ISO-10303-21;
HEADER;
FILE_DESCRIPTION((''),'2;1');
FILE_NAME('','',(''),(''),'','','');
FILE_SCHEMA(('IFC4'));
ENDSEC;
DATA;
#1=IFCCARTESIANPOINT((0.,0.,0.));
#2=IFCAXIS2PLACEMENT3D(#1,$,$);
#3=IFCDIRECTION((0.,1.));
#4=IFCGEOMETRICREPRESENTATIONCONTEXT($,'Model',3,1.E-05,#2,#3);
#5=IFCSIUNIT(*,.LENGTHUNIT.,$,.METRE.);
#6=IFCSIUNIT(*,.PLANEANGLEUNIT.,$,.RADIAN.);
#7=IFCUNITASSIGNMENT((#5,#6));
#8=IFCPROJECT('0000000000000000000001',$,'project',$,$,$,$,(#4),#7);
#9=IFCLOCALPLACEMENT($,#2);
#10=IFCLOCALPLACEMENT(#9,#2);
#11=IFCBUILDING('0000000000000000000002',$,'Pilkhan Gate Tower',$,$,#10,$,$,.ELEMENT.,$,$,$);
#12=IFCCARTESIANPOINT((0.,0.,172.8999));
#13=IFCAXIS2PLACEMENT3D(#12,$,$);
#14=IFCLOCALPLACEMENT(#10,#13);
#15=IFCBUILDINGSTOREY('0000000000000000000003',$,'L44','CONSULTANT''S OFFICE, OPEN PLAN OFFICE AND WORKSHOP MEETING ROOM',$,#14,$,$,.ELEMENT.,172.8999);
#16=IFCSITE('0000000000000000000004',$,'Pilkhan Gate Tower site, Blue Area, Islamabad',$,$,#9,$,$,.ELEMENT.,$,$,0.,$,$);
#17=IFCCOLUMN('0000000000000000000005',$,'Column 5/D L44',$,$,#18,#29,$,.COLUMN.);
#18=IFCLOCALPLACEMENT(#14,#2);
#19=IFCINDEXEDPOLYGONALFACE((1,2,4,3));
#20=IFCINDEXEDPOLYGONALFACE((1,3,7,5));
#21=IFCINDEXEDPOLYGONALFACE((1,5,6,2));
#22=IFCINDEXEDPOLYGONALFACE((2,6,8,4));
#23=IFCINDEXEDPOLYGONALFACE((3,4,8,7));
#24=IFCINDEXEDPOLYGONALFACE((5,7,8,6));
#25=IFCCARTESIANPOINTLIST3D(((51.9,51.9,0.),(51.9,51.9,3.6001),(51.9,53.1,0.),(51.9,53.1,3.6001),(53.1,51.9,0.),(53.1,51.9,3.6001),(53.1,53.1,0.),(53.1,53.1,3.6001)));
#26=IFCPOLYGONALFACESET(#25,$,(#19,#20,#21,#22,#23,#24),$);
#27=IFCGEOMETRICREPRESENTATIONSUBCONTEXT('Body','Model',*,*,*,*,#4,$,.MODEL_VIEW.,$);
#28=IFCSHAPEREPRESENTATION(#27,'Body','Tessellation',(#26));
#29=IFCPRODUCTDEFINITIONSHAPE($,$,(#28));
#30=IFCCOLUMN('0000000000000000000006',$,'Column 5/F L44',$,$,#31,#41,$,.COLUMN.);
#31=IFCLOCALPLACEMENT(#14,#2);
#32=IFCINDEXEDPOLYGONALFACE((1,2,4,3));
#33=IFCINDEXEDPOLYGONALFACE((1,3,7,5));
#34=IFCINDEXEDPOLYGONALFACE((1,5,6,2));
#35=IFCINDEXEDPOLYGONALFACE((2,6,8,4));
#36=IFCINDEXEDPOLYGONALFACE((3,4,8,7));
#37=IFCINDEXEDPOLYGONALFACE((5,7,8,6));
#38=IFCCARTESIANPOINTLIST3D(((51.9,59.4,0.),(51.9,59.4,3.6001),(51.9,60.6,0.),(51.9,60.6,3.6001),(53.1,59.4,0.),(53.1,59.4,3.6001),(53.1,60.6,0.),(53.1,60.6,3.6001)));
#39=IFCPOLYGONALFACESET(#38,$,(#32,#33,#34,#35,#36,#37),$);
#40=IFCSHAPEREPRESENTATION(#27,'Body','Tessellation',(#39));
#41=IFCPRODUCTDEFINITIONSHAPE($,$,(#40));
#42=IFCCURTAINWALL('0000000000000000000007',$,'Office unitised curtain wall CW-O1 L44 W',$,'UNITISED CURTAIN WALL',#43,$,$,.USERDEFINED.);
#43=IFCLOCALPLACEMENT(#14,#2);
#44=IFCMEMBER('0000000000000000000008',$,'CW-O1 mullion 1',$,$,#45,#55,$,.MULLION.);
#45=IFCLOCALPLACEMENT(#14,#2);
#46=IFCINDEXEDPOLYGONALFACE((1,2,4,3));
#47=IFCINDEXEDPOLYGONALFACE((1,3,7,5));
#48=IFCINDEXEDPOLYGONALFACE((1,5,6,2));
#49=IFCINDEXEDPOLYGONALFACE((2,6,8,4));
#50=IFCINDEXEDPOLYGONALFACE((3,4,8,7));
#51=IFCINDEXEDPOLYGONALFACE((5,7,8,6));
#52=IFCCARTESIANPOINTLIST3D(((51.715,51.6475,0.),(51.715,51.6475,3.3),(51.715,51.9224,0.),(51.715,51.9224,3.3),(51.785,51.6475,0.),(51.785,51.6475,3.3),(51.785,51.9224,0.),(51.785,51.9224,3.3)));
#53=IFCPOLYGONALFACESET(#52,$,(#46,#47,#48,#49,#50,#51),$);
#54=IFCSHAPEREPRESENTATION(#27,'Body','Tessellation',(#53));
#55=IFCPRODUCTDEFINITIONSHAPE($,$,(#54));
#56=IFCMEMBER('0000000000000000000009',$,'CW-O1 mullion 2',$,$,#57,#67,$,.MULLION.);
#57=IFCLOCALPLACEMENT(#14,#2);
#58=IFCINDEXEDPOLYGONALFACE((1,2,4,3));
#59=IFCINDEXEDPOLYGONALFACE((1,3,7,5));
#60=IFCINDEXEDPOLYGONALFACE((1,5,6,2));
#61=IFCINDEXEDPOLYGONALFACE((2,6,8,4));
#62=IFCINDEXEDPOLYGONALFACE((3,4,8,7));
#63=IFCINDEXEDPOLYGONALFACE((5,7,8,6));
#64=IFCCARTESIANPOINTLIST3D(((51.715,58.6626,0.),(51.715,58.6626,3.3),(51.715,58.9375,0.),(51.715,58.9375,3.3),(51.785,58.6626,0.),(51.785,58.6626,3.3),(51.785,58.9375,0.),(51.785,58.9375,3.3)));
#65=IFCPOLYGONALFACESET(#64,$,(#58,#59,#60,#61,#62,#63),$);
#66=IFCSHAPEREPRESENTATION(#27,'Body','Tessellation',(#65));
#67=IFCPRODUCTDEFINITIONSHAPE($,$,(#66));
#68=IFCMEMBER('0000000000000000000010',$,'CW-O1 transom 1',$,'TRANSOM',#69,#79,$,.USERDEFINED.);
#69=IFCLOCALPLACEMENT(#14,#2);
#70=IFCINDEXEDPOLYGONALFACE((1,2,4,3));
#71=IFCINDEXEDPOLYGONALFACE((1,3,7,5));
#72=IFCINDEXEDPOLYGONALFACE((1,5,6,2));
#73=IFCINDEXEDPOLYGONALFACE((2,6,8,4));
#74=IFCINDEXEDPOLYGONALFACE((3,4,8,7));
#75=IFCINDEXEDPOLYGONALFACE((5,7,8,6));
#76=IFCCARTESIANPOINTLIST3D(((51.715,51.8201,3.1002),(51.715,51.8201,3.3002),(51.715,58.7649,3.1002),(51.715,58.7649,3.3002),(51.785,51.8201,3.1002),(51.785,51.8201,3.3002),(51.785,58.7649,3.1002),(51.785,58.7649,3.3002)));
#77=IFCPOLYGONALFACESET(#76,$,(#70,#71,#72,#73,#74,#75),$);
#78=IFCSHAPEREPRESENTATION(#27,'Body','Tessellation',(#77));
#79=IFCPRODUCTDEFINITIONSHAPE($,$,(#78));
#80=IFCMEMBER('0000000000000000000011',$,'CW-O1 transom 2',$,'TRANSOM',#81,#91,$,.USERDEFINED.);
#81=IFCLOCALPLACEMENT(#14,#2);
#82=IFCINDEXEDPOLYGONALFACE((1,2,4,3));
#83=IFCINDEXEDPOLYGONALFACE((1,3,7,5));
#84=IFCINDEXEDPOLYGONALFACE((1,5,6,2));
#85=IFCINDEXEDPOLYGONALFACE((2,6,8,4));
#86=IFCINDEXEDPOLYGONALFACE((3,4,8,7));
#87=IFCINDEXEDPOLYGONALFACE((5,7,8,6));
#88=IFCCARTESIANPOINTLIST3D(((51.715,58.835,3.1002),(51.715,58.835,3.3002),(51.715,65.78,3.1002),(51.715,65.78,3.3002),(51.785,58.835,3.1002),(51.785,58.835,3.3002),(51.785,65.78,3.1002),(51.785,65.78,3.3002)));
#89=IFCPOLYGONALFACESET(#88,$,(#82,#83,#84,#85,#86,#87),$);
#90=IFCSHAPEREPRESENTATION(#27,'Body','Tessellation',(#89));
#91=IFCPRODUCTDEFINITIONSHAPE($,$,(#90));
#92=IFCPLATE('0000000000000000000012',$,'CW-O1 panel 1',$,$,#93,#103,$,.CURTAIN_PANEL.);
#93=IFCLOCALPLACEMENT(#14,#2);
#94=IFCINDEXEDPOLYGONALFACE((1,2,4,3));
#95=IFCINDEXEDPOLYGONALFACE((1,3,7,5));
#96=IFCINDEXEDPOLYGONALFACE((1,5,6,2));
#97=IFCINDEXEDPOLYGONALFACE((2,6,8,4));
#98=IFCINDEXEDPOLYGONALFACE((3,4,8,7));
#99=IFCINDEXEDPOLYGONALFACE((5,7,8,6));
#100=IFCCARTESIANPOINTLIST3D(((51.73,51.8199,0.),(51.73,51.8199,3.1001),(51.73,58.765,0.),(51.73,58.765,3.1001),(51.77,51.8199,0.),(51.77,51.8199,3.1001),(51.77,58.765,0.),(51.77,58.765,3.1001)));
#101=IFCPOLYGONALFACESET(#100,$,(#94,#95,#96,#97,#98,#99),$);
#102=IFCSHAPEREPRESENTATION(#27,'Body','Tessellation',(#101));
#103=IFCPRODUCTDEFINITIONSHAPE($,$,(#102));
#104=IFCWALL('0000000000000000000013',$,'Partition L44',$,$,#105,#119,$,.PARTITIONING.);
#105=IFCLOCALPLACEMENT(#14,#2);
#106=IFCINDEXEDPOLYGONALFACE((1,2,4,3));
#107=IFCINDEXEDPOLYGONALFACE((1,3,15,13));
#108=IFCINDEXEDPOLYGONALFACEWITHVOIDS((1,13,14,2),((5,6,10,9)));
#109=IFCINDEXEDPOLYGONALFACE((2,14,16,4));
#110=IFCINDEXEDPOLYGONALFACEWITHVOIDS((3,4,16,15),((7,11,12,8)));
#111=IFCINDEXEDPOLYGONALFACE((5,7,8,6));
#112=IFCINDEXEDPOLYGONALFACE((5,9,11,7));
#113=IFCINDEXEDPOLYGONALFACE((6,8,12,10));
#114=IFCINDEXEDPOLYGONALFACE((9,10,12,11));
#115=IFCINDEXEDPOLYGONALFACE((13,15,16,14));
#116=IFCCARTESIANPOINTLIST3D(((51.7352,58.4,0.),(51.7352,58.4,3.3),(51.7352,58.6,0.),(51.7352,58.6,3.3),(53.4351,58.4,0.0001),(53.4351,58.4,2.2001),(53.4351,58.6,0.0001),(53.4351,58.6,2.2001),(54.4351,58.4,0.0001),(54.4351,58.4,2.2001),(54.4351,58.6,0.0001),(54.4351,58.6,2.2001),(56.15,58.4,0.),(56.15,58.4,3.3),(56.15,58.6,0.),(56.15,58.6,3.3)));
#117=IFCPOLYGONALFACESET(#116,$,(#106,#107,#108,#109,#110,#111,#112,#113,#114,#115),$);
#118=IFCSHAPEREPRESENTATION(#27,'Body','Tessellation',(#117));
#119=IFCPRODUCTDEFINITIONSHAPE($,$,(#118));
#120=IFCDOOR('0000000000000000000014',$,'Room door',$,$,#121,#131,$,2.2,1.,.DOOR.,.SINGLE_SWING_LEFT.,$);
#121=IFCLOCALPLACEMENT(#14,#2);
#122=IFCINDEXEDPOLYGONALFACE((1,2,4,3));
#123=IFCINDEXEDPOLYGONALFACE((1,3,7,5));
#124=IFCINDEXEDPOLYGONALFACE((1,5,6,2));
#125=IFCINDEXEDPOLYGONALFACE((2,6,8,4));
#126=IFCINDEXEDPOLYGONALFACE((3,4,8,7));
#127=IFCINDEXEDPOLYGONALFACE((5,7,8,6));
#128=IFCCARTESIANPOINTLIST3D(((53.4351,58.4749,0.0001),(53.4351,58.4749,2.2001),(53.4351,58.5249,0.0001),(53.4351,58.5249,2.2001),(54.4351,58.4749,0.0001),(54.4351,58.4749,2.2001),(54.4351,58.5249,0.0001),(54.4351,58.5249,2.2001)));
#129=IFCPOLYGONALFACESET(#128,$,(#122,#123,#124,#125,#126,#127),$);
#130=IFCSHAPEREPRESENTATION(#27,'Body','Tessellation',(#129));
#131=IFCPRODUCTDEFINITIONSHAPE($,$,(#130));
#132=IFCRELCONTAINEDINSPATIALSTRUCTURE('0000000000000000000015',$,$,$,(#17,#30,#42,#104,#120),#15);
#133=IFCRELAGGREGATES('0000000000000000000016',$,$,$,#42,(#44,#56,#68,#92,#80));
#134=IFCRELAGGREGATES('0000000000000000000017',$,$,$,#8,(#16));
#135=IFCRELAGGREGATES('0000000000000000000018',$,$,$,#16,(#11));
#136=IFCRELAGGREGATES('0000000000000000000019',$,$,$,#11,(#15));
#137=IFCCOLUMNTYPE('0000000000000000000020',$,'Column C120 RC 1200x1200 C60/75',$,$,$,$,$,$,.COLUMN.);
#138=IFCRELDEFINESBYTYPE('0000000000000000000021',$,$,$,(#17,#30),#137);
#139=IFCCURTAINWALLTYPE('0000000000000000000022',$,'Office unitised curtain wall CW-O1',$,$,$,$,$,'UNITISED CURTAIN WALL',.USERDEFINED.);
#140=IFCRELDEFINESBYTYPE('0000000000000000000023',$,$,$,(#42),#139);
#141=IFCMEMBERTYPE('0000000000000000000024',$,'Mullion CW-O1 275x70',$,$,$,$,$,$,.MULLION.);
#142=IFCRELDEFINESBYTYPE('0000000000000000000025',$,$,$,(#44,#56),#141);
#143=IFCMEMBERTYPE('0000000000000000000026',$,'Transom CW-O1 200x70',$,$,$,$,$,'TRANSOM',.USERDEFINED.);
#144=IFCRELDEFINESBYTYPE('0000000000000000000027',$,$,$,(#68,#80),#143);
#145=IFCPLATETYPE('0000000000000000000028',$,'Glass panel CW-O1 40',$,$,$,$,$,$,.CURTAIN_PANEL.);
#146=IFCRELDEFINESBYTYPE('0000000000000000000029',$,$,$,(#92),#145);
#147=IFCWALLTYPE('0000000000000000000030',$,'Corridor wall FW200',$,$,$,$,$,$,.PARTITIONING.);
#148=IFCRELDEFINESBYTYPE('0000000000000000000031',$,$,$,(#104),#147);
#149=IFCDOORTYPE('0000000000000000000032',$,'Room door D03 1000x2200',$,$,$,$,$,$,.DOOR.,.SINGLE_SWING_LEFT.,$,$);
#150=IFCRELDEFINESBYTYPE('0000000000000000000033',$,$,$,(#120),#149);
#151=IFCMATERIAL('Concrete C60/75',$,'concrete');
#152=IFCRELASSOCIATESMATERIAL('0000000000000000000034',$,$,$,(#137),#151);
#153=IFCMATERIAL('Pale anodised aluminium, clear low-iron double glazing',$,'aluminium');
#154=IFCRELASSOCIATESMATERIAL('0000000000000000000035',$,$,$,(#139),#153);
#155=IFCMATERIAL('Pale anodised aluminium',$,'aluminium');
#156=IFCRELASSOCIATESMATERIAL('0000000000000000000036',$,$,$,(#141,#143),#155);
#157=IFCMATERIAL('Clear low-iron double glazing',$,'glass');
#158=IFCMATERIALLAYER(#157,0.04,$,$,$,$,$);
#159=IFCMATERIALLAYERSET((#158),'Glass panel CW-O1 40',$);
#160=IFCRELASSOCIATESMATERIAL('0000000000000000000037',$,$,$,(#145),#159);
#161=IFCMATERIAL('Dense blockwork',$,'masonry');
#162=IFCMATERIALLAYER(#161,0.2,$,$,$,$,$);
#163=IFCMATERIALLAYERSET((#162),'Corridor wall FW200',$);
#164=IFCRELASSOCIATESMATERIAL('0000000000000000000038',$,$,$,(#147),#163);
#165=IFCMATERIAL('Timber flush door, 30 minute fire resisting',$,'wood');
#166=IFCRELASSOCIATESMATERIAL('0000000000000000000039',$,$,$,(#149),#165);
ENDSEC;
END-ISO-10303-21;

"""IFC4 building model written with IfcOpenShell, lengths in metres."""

from ifc_helpers import new_model, si_unit, direction, frame, frame_2d, origin, origin_2d, place, context, subcontext, project, spatial, rectangle, extrude, material, layer, layer_set, material_profile, profile_set, type_object, element, fill, aggregate, save


model = new_model("IFC4")

# Units and contexts
model_context = context("Model", 3, precision=1e-05, world=origin(), true_north=direction((0.0, 1.0)))
body_context = subcontext(model_context, "Body", "Model", "MODEL_VIEW")
ifc_project = project(units=[si_unit("LENGTHUNIT", "METRE"), si_unit("PLANEANGLEUNIT", "RADIAN")], contexts=[model_context])

# Site, building, storey
site_placement = place(None, origin())
site = spatial("IfcSite", under=ifc_project, at=site_placement, Name="Pilkhan Gate Tower site, Blue Area, Islamabad", CompositionType="ELEMENT", RefElevation=0.0)
building_placement = place(site_placement, origin())
building = spatial("IfcBuilding", under=site, at=building_placement, Name="Pilkhan Gate Tower", CompositionType="ELEMENT")
storey_placement = place(building_placement, frame((0.0, 0.0, 172.8999)))
storey = spatial("IfcBuildingStorey", under=building, at=storey_placement, Name="L44", Description="CONSULTANT'S OFFICE, OPEN PLAN OFFICE AND WORKSHOP MEETING ROOM", CompositionType="ELEMENT", Elevation=172.8999)

# Columns
ifc_material_1 = material(Name="Concrete C60/75", Category="concrete")
ifc_material_profile_1 = material_profile(ifc_material_1, rectangle(XDim=1.2, YDim=1.2, at=origin_2d()), Name="RC 1200x1200")
ifc_profile_set_1 = profile_set([ifc_material_profile_1], Name="Concrete C60/75")
column_type = type_object("IfcColumnType", Name="Column C120 RC 1200x1200 C60/75", PredefinedType="COLUMN", material=ifc_profile_set_1)
for number, where, z_axis, x_axis, name in (
    (1, (52.5, 52.5, 0.0), (0.0, 0.0, 1.0), (1.0, 0.0, 0.0), "Column 5/D L44"),
    (2, (52.5, 60.0, 0.0), (0.0, 0.0, 1.0), (1.0, 0.0, 0.0), "Column 5/F L44"),
):
    element("IfcColumn", number, at=place(storey_placement, frame(where, z_axis=z_axis, x_axis=x_axis)), inside=storey, type_object=column_type, Name=name, PredefinedType="COLUMN", context=body_context, shape_type="SweptSolid", body=[
        extrude(rectangle(XDim=1.2, YDim=1.2, at=origin_2d()), origin(), (0.0, 0.0, 1.0), 3.6001),
    ])

# Curtain wall, members, plate
ifc_material_2 = material(Name="Pale anodised aluminium, clear low-iron double glazing", Category="aluminium")
curtain_wall_type = type_object("IfcCurtainWallType", Name="Office unitised curtain wall CW-O1", ElementType="UNITISED CURTAIN WALL", PredefinedType="USERDEFINED", material=ifc_material_2)
curtain_wall_placement = place(storey_placement, origin())
curtain_wall = element("IfcCurtainWall", 3, at=curtain_wall_placement, inside=storey, type_object=curtain_wall_type, Name="Office unitised curtain wall CW-O1 L44 W", ObjectType="UNITISED CURTAIN WALL", PredefinedType="USERDEFINED")
ifc_material_3 = material(Name="Pale anodised aluminium", Category="aluminium")
ifc_material_profile_2 = material_profile(ifc_material_3, rectangle(XDim=0.0701, YDim=0.2749, at=origin_2d()), Name="Mullion 275x70")
ifc_profile_set_2 = profile_set([ifc_material_profile_2], Name="Pale anodised aluminium")
member_type_1 = type_object("IfcMemberType", Name="Mullion CW-O1 275x70", PredefinedType="MULLION", material=ifc_profile_set_2)
member_1_placement = place(storey_placement, frame((51.75, 51.7849, 0.0), z_axis=(0.0, 0.0, 1.0), x_axis=(-1.0, 0.0, 0.0)))
member_1 = element("IfcMember", 4, at=member_1_placement, type_object=member_type_1, Name="CW-O1 mullion 1", PredefinedType="MULLION", context=body_context, shape_type="SweptSolid", body=[
    extrude(rectangle(XDim=0.0701, YDim=0.2749, at=origin_2d()), origin(), (0.0, 0.0, 1.0), 3.3),
])
member_2_placement = place(storey_placement, frame((51.75, 58.8, 0.0), z_axis=(0.0, 0.0, 1.0), x_axis=(-1.0, 0.0, 0.0)))
member_2 = element("IfcMember", 5, at=member_2_placement, type_object=member_type_1, Name="CW-O1 mullion 2", PredefinedType="MULLION", context=body_context, shape_type="SweptSolid", body=[
    extrude(rectangle(XDim=0.0701, YDim=0.2749, at=origin_2d()), origin(), (0.0, 0.0, 1.0), 3.3),
])
ifc_material_profile_3 = material_profile(ifc_material_3, rectangle(XDim=0.0701, YDim=0.2, at=origin_2d()), Name="Transom 200x70")
ifc_profile_set_3 = profile_set([ifc_material_profile_3], Name="Pale anodised aluminium")
member_type_2 = type_object("IfcMemberType", Name="Transom CW-O1 200x70", ElementType="TRANSOM", PredefinedType="USERDEFINED", material=ifc_profile_set_3)
member_3_placement = place(storey_placement, frame((51.75, 51.8201, 3.2002), z_axis=(0.0, 1.0, 0.0), x_axis=(-1.0, 0.0, 0.0)))
member_3 = element("IfcMember", 6, at=member_3_placement, type_object=member_type_2, Name="CW-O1 transom 1", ObjectType="TRANSOM", PredefinedType="USERDEFINED", context=body_context, shape_type="SweptSolid", body=[
    extrude(rectangle(XDim=0.0701, YDim=0.2, at=origin_2d()), origin(), (0.0, 0.0, 1.0), 6.9448),
])
member_4_placement = place(storey_placement, frame((51.75, 58.835, 3.2002), z_axis=(0.0, 1.0, 0.0), x_axis=(-1.0, 0.0, 0.0)))
member_4 = element("IfcMember", 7, at=member_4_placement, type_object=member_type_2, Name="CW-O1 transom 2", ObjectType="TRANSOM", PredefinedType="USERDEFINED", context=body_context, shape_type="SweptSolid", body=[
    extrude(rectangle(XDim=0.0701, YDim=0.2, at=origin_2d()), origin(), (0.0, 0.0, 1.0), 6.9451),
])
ifc_material_4 = material(Name="Clear low-iron double glazing", Category="glass")
ifc_layer_1 = layer(ifc_material_4, 0.04)
ifc_layer_set_1 = layer_set([ifc_layer_1], Name="Glass panel CW-O1 40")
plate_type = type_object("IfcPlateType", Name="Glass panel CW-O1 40", PredefinedType="CURTAIN_PANEL", material=ifc_layer_set_1)
plate_placement = place(storey_placement, frame((51.75, 55.2925, 0.0), z_axis=(0.0, 0.0, 1.0), x_axis=(0.0, 1.0, 0.0)))
plate = element("IfcPlate", 8, at=plate_placement, type_object=plate_type, Name="CW-O1 panel 1", PredefinedType="CURTAIN_PANEL", context=body_context, shape_type="SweptSolid", body=[
    extrude(rectangle(XDim=6.9451, YDim=0.04, at=origin_2d()), origin(), (0.0, 0.0, 1.0), 3.1001),
])
aggregate(curtain_wall, [member_1, member_2, member_3, plate, member_4])

# Shared definitions
ifc_material_5 = material(Name="Dense blockwork", Category="masonry")
ifc_layer_2 = layer(ifc_material_5, 0.2)
ifc_layer_set_2 = layer_set([ifc_layer_2], Name="Corridor wall FW200")
wall_type = type_object("IfcWallType", Name="Corridor wall FW200", PredefinedType="PARTITIONING", material=ifc_layer_set_2)
ifc_material_6 = material(Name="Timber flush door, 30 minute fire resisting", Category="wood")
door_type_1 = type_object("IfcDoorType", Name="Room door D03 1000x2200", OperationType="SINGLE_SWING_LEFT", PredefinedType="DOOR", material=ifc_material_6)

# Wall, opening, door
wall_1_placement = place(storey_placement, frame((51.7351, 58.5, 0.0), z_axis=(0.0, 0.0, 1.0), x_axis=(1.0, 0.0, 0.0)))
wall_1 = element("IfcWall", 9, at=wall_1_placement, inside=storey, type_object=wall_type, Name="Partition L44", PredefinedType="PARTITIONING", context=body_context, shape_type="SweptSolid", body=[
    extrude(rectangle(XDim=4.4148, YDim=0.2, at=frame_2d((2.2075, 0.0))), origin(), (0.0, 0.0, 1.0), 3.3),
])
opening_1_placement = place(wall_1_placement, frame((1.7, 0.0, 0.0)))
opening_1 = element("IfcOpeningElement", 10, at=opening_1_placement, cuts=wall_1, PredefinedType="OPENING", context=body_context, shape_type="SweptSolid", body=[
    extrude(rectangle(XDim=1.0, YDim=2.2, at=frame_2d((0.5, 1.1001))), frame((0.0, 0.1099, 0.0), z_axis=(0.0, -1.0, 0.0), x_axis=(1.0, 0.0, 0.0)), (0.0, 0.0, 1.0), 0.22),
])
door_1_placement = place(opening_1_placement, origin())
door_1 = element("IfcDoor", 11, at=door_1_placement, inside=storey, type_object=door_type_1, Name="Room door", OperationType="SINGLE_SWING_LEFT", OverallHeight=2.2, OverallWidth=1.0, PredefinedType="DOOR", context=body_context, shape_type="SweptSolid", body=[
    extrude(rectangle(XDim=1.0, YDim=2.2, at=frame_2d((0.5, 1.1001))), frame((0.0, 0.0249, 0.0), z_axis=(0.0, -1.0, 0.0), x_axis=(1.0, 0.0, 0.0)), (0.0, 0.0, 1.0), 0.05),
])
fill(opening_1, door_1)

save(model, "model.ifc")
